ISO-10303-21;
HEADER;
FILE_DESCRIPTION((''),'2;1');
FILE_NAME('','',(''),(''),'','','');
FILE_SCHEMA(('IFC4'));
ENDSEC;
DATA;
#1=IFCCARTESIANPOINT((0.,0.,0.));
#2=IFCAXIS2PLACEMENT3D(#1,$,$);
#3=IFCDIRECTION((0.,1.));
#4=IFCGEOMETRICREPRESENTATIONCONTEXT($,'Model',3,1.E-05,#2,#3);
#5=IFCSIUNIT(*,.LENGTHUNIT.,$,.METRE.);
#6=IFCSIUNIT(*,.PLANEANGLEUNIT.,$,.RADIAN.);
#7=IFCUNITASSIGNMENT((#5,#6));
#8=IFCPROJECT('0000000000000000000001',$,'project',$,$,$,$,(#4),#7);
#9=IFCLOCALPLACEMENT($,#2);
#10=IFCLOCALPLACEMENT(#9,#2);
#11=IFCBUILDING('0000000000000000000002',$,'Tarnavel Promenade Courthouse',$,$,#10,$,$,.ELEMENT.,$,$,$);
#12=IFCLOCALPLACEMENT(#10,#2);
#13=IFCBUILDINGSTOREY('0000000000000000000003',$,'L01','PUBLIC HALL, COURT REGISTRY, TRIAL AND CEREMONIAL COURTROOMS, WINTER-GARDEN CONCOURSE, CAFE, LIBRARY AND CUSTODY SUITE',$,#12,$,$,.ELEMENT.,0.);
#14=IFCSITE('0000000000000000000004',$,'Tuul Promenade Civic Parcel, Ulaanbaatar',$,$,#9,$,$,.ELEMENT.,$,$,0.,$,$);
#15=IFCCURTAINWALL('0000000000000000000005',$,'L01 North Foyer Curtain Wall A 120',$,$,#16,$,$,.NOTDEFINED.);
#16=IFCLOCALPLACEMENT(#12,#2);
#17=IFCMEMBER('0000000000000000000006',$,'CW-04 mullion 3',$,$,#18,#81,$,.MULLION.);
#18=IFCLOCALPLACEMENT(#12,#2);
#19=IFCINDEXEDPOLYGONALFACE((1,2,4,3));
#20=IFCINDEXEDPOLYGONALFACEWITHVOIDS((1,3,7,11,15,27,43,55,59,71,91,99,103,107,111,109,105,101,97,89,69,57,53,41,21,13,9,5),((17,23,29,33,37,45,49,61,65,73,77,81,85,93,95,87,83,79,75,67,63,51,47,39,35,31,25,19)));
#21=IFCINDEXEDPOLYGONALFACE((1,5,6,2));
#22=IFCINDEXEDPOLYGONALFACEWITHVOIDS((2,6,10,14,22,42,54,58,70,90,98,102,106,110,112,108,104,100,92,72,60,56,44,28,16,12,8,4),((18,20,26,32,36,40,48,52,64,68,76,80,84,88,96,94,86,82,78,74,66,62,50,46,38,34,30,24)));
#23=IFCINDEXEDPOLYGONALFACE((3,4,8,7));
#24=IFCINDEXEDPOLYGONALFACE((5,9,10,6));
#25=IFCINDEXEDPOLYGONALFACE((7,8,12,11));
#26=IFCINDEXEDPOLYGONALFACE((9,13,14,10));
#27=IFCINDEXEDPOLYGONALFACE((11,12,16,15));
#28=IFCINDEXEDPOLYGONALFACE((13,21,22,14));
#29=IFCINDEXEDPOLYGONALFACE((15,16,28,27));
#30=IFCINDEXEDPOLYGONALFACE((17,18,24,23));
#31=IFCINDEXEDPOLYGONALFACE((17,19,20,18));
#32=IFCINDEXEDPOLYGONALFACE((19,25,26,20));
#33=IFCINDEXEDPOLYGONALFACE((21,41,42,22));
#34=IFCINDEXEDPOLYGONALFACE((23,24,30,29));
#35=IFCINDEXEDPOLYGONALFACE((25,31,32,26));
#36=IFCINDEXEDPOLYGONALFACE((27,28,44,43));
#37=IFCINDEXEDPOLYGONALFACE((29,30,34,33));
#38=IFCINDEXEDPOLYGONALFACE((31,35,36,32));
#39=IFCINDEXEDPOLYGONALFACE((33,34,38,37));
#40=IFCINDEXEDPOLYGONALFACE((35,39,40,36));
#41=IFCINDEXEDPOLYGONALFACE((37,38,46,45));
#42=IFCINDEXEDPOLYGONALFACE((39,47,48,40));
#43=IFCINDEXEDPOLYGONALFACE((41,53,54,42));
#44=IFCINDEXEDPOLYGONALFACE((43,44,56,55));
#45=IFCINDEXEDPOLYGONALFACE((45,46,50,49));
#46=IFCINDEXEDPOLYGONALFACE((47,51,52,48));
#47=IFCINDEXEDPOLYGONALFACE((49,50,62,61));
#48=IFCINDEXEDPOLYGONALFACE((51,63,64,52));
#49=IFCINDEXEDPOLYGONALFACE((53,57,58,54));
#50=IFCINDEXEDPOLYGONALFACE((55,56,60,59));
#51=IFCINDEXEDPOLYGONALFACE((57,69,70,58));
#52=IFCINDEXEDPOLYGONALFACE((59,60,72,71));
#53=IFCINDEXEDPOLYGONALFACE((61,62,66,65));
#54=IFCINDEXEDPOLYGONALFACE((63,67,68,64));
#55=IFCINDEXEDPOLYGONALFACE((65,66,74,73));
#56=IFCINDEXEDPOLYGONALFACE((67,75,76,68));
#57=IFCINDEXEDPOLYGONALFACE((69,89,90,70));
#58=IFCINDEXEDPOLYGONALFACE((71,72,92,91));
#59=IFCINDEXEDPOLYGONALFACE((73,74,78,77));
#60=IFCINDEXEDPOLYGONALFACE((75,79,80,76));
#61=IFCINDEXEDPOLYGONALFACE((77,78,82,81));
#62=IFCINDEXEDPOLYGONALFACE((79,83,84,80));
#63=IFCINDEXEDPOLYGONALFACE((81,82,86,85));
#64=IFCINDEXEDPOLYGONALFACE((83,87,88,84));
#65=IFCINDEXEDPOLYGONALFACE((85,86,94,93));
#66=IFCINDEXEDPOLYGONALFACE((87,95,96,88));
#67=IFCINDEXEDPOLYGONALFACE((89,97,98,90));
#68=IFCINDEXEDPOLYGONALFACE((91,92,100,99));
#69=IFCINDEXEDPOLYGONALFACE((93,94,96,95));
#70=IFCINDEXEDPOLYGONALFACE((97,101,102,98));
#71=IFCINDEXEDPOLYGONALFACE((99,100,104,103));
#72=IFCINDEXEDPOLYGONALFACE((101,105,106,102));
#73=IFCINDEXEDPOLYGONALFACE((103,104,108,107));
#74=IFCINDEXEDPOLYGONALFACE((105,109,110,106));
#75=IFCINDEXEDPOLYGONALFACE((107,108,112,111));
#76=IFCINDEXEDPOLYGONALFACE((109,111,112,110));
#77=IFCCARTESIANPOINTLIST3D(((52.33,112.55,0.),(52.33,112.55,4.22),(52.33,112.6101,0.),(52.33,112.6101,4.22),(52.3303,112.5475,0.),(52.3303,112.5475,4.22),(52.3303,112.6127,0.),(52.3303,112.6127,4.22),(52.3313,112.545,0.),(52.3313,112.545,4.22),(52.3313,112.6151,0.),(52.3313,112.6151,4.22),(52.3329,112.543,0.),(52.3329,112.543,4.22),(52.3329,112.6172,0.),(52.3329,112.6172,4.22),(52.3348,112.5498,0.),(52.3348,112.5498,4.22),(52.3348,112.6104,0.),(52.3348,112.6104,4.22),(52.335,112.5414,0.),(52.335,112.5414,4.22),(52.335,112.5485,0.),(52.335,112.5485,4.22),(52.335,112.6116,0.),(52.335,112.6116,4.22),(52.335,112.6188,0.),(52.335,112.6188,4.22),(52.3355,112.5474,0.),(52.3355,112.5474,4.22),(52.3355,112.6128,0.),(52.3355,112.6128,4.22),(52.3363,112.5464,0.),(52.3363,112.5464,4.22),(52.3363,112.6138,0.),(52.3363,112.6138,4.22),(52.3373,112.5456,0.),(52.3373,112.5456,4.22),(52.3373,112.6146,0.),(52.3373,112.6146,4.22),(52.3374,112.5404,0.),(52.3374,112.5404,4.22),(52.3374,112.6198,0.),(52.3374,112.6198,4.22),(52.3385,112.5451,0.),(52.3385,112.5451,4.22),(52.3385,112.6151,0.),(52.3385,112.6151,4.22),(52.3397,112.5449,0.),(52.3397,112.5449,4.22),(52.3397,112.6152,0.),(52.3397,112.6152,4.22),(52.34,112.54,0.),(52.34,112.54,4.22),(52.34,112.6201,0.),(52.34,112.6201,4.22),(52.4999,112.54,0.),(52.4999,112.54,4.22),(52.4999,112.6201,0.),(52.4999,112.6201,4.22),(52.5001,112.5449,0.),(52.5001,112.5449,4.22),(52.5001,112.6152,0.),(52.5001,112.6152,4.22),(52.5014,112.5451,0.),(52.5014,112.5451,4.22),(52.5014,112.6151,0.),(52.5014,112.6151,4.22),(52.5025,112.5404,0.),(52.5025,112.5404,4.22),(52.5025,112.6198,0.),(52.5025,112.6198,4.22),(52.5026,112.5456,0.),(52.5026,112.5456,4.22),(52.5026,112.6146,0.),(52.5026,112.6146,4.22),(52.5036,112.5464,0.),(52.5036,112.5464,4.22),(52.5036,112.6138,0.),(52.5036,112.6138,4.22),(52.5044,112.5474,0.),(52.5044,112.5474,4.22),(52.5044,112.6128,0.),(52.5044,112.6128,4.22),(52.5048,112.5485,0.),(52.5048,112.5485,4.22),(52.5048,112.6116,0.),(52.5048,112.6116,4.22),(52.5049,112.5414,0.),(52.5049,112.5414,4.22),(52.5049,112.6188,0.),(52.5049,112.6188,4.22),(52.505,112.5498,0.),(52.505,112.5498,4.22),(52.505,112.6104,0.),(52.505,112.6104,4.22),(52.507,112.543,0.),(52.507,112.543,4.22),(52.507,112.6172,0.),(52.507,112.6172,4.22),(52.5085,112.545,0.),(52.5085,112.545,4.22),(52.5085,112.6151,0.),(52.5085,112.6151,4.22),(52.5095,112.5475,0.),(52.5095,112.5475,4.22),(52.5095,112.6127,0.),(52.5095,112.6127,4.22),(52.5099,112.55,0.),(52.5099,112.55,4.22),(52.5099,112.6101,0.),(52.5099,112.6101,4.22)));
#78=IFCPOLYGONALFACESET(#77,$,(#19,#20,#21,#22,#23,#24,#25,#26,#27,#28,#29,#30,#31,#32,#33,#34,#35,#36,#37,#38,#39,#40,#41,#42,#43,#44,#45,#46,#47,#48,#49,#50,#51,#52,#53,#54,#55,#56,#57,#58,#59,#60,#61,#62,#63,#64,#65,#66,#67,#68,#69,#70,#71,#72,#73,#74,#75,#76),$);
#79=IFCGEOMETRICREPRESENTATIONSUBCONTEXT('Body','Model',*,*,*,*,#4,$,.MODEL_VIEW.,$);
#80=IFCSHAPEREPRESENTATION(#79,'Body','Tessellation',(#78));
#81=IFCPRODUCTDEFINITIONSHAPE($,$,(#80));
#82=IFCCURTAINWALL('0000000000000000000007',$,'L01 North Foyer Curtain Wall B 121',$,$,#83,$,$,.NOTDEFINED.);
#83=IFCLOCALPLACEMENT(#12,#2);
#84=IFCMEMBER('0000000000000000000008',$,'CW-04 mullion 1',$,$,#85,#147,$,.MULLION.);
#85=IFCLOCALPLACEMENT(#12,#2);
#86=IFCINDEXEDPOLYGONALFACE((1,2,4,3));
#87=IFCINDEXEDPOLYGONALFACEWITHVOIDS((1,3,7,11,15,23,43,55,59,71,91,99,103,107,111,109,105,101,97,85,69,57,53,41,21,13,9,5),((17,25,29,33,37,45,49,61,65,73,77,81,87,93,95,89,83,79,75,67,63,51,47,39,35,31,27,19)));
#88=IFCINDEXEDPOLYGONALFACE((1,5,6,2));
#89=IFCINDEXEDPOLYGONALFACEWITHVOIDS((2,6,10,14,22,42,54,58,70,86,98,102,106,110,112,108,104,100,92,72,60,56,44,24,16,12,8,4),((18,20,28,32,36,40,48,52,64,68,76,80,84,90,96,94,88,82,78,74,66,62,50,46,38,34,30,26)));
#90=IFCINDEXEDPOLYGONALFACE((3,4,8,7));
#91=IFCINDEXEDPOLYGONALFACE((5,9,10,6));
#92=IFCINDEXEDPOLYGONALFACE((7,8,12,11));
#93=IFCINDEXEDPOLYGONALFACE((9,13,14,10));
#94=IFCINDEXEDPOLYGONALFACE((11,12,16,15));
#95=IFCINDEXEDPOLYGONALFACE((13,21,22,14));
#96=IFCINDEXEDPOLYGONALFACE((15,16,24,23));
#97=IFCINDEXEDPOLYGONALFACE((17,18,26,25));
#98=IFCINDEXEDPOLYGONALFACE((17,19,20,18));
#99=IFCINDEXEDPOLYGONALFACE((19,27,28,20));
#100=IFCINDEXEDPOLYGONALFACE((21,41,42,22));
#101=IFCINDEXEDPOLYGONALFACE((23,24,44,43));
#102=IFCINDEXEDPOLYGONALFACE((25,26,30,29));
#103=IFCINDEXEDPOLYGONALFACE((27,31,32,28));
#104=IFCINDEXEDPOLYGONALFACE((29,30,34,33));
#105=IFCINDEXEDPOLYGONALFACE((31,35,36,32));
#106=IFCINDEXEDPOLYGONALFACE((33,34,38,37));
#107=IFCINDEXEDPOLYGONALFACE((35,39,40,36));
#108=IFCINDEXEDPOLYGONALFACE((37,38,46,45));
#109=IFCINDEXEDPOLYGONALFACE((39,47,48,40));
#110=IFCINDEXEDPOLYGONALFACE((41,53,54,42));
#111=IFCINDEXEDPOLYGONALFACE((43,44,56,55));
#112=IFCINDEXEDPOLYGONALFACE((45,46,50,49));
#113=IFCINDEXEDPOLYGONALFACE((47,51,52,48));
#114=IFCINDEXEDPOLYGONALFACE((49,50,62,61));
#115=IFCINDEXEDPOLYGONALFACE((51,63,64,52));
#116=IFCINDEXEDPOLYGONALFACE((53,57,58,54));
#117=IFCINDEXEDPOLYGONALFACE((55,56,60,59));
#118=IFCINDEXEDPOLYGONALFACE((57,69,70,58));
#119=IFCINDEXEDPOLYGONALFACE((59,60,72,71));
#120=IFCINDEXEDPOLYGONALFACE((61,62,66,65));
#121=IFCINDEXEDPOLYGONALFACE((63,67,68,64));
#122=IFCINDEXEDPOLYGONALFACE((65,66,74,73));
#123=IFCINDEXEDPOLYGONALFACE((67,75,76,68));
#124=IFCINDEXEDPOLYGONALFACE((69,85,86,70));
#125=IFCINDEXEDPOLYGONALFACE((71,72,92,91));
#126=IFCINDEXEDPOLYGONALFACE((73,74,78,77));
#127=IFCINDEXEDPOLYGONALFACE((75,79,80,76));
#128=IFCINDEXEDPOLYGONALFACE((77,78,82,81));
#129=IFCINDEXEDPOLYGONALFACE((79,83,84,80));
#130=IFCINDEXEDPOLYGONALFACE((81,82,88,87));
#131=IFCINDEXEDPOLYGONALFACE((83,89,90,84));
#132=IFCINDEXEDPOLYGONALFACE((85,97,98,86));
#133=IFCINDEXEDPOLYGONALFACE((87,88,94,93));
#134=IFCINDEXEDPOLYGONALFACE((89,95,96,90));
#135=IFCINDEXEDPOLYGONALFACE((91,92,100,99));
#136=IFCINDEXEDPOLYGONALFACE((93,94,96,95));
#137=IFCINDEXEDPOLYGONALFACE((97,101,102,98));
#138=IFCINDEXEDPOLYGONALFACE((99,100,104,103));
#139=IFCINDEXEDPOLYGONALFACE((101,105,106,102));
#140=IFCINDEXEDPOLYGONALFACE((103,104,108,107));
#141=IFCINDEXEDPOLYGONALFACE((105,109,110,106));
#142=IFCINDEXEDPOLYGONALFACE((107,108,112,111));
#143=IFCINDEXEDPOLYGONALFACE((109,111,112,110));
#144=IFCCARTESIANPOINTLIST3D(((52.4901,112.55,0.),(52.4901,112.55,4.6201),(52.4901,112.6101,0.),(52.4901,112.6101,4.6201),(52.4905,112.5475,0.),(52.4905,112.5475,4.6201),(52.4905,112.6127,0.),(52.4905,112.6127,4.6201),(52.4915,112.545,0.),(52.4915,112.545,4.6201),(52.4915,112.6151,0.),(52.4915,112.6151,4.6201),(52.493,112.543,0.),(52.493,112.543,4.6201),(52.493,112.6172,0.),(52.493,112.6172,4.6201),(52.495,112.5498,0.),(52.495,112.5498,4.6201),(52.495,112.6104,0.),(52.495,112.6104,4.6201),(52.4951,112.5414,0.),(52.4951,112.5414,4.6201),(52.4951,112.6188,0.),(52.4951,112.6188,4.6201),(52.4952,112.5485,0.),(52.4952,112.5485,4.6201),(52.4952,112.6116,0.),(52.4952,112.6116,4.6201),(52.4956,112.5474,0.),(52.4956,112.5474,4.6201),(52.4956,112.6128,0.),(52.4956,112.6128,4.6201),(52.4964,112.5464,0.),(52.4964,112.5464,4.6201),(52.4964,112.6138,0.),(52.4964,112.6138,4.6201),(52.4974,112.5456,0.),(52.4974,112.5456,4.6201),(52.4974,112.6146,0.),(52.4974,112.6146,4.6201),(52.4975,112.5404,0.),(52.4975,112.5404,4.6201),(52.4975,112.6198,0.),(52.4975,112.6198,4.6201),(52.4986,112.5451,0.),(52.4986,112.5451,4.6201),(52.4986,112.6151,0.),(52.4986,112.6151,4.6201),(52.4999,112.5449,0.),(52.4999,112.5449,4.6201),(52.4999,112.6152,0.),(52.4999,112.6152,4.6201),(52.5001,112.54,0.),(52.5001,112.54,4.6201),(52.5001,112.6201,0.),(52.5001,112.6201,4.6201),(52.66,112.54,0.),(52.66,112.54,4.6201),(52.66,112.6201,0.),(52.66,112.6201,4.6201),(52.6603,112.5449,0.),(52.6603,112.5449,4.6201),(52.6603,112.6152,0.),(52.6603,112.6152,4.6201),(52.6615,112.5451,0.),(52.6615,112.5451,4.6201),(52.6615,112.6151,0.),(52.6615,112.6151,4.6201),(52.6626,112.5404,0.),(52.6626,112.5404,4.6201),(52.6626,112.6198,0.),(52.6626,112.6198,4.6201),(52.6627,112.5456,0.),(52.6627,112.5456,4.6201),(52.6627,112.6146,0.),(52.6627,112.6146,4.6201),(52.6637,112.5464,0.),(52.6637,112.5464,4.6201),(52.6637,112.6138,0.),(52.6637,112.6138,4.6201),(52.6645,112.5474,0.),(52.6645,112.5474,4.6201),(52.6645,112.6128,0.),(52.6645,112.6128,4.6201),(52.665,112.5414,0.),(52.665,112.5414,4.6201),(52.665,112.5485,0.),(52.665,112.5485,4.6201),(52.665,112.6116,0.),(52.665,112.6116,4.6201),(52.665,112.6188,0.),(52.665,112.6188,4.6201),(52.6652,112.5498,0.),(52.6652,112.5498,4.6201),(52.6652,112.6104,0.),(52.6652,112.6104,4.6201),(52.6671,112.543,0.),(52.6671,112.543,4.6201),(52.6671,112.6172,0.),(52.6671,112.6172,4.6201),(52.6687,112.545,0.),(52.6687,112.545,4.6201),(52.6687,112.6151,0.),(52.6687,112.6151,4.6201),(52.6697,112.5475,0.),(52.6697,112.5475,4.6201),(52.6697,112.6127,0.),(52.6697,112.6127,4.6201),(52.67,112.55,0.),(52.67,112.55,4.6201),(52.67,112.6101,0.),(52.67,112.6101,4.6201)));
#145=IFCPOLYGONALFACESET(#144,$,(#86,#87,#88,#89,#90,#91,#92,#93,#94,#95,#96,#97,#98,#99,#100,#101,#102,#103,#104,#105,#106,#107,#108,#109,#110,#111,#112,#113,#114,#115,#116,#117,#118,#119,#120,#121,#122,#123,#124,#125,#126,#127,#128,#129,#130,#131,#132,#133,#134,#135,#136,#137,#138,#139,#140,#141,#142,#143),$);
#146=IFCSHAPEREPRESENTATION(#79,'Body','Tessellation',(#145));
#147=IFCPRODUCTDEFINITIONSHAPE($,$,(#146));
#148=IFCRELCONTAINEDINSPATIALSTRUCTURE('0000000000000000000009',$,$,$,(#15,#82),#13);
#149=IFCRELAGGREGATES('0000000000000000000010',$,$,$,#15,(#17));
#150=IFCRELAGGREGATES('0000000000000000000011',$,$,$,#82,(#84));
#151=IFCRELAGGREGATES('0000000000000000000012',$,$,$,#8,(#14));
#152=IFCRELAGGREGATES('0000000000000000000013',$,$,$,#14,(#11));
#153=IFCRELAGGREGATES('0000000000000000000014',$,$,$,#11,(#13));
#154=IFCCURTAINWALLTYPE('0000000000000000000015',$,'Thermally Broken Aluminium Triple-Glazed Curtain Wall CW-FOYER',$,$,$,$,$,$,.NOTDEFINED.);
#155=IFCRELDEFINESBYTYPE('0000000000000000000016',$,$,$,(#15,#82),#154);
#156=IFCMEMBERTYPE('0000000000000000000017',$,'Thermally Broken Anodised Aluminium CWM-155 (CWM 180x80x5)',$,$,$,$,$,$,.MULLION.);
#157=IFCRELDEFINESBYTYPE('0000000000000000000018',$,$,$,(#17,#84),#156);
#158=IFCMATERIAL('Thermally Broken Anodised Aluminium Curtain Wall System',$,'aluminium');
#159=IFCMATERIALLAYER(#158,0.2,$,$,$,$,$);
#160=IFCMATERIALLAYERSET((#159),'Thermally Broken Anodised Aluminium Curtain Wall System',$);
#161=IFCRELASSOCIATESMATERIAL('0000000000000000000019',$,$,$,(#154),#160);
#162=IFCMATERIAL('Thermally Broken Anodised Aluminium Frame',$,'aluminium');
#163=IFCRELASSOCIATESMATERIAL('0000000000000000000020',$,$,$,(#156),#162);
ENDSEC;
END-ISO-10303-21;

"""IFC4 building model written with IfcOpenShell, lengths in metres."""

from ifc_helpers import new_model, si_unit, direction, frame, origin, origin_2d, place, context, subcontext, project, spatial, hollow_rectangle, extrude, material, layer, layer_set, material_profile, profile_set, type_object, element, aggregate, save


model = new_model("IFC4")

# Units and contexts
model_context = context("Model", 3, precision=1e-05, world=origin(), true_north=direction((0.0, 1.0)))
body_context = subcontext(model_context, "Body", "Model", "MODEL_VIEW")
ifc_project = project(units=[si_unit("LENGTHUNIT", "METRE"), si_unit("PLANEANGLEUNIT", "RADIAN")], contexts=[model_context])

# Site, building, storey
site_placement = place(None, origin())
site = spatial("IfcSite", under=ifc_project, at=site_placement, Name="Tuul Promenade Civic Parcel, Ulaanbaatar", CompositionType="ELEMENT", RefElevation=0.0)
building_placement = place(site_placement, origin())
building = spatial("IfcBuilding", under=site, at=building_placement, Name="Tarnavel Promenade Courthouse", CompositionType="ELEMENT")
storey_placement = place(building_placement, origin())
storey = spatial("IfcBuildingStorey", under=building, at=storey_placement, Name="L01", Description="PUBLIC HALL, COURT REGISTRY, TRIAL AND CEREMONIAL COURTROOMS, WINTER-GARDEN CONCOURSE, CAFE, LIBRARY AND CUSTODY SUITE", CompositionType="ELEMENT", Elevation=0.0)

# Curtain walls, members
ifc_material_1 = material(Name="Thermally Broken Anodised Aluminium Curtain Wall System", Category="aluminium")
ifc_layer_1 = layer(ifc_material_1, 0.2)
ifc_layer_set_1 = layer_set([ifc_layer_1], Name="Thermally Broken Anodised Aluminium Curtain Wall System")
curtain_wall_type = type_object("IfcCurtainWallType", Name="Thermally Broken Aluminium Triple-Glazed Curtain Wall CW-FOYER", PredefinedType="NOTDEFINED", material=ifc_layer_set_1)
curtain_wall_1_placement = place(storey_placement, origin())
curtain_wall_1 = element("IfcCurtainWall", 1, at=curtain_wall_1_placement, inside=storey, type_object=curtain_wall_type, Name="L01 North Foyer Curtain Wall A 120", PredefinedType="NOTDEFINED")
ifc_material_2 = material(Name="Thermally Broken Anodised Aluminium Frame", Category="aluminium")
ifc_material_profile_1 = material_profile(ifc_material_2, hollow_rectangle(XDim=0.0801, YDim=0.1799, WallThickness=0.0049, InnerFilletRadius=0.0049, OuterFilletRadius=0.01, at=origin_2d()), Name="CWM 180x80x5")
ifc_profile_set_1 = profile_set([ifc_material_profile_1], Name="Thermally Broken Anodised Aluminium Frame")
member_type_1 = type_object("IfcMemberType", Name="Thermally Broken Anodised Aluminium CWM-155 (CWM 180x80x5)", PredefinedType="MULLION", material=ifc_profile_set_1)
member_1_placement = place(storey_placement, frame((52.4199, 112.5801, 0.0), z_axis=(0.0, 0.0, 1.0), x_axis=(0.0, 1.0, 0.0)))
member_1 = element("IfcMember", 2, at=member_1_placement, type_object=member_type_1, Name="CW-04 mullion 3", PredefinedType="MULLION", context=body_context, shape_type="SweptSolid", body=[
    extrude(hollow_rectangle(XDim=0.0801, YDim=0.1799, WallThickness=0.0049, InnerFilletRadius=0.0049, OuterFilletRadius=0.01, at=origin_2d()), origin(), (0.0, 0.0, 1.0), 4.22),
])
curtain_wall_2_placement = place(storey_placement, origin())
curtain_wall_2 = element("IfcCurtainWall", 3, at=curtain_wall_2_placement, inside=storey, type_object=curtain_wall_type, Name="L01 North Foyer Curtain Wall B 121", PredefinedType="NOTDEFINED")
member_2_placement = place(storey_placement, frame((52.5801, 112.5801, 0.0), z_axis=(0.0, 0.0, 1.0), x_axis=(0.0, 1.0, 0.0)))
member_2 = element("IfcMember", 4, at=member_2_placement, type_object=member_type_1, Name="CW-04 mullion 1", PredefinedType="MULLION", context=body_context, shape_type="SweptSolid", body=[
    extrude(hollow_rectangle(XDim=0.0801, YDim=0.1799, WallThickness=0.0049, InnerFilletRadius=0.0049, OuterFilletRadius=0.01, at=origin_2d()), origin(), (0.0, 0.0, 1.0), 4.6201),
])

aggregate(curtain_wall_1, [member_1])
aggregate(curtain_wall_2, [member_2])

save(model, "model.ifc")
